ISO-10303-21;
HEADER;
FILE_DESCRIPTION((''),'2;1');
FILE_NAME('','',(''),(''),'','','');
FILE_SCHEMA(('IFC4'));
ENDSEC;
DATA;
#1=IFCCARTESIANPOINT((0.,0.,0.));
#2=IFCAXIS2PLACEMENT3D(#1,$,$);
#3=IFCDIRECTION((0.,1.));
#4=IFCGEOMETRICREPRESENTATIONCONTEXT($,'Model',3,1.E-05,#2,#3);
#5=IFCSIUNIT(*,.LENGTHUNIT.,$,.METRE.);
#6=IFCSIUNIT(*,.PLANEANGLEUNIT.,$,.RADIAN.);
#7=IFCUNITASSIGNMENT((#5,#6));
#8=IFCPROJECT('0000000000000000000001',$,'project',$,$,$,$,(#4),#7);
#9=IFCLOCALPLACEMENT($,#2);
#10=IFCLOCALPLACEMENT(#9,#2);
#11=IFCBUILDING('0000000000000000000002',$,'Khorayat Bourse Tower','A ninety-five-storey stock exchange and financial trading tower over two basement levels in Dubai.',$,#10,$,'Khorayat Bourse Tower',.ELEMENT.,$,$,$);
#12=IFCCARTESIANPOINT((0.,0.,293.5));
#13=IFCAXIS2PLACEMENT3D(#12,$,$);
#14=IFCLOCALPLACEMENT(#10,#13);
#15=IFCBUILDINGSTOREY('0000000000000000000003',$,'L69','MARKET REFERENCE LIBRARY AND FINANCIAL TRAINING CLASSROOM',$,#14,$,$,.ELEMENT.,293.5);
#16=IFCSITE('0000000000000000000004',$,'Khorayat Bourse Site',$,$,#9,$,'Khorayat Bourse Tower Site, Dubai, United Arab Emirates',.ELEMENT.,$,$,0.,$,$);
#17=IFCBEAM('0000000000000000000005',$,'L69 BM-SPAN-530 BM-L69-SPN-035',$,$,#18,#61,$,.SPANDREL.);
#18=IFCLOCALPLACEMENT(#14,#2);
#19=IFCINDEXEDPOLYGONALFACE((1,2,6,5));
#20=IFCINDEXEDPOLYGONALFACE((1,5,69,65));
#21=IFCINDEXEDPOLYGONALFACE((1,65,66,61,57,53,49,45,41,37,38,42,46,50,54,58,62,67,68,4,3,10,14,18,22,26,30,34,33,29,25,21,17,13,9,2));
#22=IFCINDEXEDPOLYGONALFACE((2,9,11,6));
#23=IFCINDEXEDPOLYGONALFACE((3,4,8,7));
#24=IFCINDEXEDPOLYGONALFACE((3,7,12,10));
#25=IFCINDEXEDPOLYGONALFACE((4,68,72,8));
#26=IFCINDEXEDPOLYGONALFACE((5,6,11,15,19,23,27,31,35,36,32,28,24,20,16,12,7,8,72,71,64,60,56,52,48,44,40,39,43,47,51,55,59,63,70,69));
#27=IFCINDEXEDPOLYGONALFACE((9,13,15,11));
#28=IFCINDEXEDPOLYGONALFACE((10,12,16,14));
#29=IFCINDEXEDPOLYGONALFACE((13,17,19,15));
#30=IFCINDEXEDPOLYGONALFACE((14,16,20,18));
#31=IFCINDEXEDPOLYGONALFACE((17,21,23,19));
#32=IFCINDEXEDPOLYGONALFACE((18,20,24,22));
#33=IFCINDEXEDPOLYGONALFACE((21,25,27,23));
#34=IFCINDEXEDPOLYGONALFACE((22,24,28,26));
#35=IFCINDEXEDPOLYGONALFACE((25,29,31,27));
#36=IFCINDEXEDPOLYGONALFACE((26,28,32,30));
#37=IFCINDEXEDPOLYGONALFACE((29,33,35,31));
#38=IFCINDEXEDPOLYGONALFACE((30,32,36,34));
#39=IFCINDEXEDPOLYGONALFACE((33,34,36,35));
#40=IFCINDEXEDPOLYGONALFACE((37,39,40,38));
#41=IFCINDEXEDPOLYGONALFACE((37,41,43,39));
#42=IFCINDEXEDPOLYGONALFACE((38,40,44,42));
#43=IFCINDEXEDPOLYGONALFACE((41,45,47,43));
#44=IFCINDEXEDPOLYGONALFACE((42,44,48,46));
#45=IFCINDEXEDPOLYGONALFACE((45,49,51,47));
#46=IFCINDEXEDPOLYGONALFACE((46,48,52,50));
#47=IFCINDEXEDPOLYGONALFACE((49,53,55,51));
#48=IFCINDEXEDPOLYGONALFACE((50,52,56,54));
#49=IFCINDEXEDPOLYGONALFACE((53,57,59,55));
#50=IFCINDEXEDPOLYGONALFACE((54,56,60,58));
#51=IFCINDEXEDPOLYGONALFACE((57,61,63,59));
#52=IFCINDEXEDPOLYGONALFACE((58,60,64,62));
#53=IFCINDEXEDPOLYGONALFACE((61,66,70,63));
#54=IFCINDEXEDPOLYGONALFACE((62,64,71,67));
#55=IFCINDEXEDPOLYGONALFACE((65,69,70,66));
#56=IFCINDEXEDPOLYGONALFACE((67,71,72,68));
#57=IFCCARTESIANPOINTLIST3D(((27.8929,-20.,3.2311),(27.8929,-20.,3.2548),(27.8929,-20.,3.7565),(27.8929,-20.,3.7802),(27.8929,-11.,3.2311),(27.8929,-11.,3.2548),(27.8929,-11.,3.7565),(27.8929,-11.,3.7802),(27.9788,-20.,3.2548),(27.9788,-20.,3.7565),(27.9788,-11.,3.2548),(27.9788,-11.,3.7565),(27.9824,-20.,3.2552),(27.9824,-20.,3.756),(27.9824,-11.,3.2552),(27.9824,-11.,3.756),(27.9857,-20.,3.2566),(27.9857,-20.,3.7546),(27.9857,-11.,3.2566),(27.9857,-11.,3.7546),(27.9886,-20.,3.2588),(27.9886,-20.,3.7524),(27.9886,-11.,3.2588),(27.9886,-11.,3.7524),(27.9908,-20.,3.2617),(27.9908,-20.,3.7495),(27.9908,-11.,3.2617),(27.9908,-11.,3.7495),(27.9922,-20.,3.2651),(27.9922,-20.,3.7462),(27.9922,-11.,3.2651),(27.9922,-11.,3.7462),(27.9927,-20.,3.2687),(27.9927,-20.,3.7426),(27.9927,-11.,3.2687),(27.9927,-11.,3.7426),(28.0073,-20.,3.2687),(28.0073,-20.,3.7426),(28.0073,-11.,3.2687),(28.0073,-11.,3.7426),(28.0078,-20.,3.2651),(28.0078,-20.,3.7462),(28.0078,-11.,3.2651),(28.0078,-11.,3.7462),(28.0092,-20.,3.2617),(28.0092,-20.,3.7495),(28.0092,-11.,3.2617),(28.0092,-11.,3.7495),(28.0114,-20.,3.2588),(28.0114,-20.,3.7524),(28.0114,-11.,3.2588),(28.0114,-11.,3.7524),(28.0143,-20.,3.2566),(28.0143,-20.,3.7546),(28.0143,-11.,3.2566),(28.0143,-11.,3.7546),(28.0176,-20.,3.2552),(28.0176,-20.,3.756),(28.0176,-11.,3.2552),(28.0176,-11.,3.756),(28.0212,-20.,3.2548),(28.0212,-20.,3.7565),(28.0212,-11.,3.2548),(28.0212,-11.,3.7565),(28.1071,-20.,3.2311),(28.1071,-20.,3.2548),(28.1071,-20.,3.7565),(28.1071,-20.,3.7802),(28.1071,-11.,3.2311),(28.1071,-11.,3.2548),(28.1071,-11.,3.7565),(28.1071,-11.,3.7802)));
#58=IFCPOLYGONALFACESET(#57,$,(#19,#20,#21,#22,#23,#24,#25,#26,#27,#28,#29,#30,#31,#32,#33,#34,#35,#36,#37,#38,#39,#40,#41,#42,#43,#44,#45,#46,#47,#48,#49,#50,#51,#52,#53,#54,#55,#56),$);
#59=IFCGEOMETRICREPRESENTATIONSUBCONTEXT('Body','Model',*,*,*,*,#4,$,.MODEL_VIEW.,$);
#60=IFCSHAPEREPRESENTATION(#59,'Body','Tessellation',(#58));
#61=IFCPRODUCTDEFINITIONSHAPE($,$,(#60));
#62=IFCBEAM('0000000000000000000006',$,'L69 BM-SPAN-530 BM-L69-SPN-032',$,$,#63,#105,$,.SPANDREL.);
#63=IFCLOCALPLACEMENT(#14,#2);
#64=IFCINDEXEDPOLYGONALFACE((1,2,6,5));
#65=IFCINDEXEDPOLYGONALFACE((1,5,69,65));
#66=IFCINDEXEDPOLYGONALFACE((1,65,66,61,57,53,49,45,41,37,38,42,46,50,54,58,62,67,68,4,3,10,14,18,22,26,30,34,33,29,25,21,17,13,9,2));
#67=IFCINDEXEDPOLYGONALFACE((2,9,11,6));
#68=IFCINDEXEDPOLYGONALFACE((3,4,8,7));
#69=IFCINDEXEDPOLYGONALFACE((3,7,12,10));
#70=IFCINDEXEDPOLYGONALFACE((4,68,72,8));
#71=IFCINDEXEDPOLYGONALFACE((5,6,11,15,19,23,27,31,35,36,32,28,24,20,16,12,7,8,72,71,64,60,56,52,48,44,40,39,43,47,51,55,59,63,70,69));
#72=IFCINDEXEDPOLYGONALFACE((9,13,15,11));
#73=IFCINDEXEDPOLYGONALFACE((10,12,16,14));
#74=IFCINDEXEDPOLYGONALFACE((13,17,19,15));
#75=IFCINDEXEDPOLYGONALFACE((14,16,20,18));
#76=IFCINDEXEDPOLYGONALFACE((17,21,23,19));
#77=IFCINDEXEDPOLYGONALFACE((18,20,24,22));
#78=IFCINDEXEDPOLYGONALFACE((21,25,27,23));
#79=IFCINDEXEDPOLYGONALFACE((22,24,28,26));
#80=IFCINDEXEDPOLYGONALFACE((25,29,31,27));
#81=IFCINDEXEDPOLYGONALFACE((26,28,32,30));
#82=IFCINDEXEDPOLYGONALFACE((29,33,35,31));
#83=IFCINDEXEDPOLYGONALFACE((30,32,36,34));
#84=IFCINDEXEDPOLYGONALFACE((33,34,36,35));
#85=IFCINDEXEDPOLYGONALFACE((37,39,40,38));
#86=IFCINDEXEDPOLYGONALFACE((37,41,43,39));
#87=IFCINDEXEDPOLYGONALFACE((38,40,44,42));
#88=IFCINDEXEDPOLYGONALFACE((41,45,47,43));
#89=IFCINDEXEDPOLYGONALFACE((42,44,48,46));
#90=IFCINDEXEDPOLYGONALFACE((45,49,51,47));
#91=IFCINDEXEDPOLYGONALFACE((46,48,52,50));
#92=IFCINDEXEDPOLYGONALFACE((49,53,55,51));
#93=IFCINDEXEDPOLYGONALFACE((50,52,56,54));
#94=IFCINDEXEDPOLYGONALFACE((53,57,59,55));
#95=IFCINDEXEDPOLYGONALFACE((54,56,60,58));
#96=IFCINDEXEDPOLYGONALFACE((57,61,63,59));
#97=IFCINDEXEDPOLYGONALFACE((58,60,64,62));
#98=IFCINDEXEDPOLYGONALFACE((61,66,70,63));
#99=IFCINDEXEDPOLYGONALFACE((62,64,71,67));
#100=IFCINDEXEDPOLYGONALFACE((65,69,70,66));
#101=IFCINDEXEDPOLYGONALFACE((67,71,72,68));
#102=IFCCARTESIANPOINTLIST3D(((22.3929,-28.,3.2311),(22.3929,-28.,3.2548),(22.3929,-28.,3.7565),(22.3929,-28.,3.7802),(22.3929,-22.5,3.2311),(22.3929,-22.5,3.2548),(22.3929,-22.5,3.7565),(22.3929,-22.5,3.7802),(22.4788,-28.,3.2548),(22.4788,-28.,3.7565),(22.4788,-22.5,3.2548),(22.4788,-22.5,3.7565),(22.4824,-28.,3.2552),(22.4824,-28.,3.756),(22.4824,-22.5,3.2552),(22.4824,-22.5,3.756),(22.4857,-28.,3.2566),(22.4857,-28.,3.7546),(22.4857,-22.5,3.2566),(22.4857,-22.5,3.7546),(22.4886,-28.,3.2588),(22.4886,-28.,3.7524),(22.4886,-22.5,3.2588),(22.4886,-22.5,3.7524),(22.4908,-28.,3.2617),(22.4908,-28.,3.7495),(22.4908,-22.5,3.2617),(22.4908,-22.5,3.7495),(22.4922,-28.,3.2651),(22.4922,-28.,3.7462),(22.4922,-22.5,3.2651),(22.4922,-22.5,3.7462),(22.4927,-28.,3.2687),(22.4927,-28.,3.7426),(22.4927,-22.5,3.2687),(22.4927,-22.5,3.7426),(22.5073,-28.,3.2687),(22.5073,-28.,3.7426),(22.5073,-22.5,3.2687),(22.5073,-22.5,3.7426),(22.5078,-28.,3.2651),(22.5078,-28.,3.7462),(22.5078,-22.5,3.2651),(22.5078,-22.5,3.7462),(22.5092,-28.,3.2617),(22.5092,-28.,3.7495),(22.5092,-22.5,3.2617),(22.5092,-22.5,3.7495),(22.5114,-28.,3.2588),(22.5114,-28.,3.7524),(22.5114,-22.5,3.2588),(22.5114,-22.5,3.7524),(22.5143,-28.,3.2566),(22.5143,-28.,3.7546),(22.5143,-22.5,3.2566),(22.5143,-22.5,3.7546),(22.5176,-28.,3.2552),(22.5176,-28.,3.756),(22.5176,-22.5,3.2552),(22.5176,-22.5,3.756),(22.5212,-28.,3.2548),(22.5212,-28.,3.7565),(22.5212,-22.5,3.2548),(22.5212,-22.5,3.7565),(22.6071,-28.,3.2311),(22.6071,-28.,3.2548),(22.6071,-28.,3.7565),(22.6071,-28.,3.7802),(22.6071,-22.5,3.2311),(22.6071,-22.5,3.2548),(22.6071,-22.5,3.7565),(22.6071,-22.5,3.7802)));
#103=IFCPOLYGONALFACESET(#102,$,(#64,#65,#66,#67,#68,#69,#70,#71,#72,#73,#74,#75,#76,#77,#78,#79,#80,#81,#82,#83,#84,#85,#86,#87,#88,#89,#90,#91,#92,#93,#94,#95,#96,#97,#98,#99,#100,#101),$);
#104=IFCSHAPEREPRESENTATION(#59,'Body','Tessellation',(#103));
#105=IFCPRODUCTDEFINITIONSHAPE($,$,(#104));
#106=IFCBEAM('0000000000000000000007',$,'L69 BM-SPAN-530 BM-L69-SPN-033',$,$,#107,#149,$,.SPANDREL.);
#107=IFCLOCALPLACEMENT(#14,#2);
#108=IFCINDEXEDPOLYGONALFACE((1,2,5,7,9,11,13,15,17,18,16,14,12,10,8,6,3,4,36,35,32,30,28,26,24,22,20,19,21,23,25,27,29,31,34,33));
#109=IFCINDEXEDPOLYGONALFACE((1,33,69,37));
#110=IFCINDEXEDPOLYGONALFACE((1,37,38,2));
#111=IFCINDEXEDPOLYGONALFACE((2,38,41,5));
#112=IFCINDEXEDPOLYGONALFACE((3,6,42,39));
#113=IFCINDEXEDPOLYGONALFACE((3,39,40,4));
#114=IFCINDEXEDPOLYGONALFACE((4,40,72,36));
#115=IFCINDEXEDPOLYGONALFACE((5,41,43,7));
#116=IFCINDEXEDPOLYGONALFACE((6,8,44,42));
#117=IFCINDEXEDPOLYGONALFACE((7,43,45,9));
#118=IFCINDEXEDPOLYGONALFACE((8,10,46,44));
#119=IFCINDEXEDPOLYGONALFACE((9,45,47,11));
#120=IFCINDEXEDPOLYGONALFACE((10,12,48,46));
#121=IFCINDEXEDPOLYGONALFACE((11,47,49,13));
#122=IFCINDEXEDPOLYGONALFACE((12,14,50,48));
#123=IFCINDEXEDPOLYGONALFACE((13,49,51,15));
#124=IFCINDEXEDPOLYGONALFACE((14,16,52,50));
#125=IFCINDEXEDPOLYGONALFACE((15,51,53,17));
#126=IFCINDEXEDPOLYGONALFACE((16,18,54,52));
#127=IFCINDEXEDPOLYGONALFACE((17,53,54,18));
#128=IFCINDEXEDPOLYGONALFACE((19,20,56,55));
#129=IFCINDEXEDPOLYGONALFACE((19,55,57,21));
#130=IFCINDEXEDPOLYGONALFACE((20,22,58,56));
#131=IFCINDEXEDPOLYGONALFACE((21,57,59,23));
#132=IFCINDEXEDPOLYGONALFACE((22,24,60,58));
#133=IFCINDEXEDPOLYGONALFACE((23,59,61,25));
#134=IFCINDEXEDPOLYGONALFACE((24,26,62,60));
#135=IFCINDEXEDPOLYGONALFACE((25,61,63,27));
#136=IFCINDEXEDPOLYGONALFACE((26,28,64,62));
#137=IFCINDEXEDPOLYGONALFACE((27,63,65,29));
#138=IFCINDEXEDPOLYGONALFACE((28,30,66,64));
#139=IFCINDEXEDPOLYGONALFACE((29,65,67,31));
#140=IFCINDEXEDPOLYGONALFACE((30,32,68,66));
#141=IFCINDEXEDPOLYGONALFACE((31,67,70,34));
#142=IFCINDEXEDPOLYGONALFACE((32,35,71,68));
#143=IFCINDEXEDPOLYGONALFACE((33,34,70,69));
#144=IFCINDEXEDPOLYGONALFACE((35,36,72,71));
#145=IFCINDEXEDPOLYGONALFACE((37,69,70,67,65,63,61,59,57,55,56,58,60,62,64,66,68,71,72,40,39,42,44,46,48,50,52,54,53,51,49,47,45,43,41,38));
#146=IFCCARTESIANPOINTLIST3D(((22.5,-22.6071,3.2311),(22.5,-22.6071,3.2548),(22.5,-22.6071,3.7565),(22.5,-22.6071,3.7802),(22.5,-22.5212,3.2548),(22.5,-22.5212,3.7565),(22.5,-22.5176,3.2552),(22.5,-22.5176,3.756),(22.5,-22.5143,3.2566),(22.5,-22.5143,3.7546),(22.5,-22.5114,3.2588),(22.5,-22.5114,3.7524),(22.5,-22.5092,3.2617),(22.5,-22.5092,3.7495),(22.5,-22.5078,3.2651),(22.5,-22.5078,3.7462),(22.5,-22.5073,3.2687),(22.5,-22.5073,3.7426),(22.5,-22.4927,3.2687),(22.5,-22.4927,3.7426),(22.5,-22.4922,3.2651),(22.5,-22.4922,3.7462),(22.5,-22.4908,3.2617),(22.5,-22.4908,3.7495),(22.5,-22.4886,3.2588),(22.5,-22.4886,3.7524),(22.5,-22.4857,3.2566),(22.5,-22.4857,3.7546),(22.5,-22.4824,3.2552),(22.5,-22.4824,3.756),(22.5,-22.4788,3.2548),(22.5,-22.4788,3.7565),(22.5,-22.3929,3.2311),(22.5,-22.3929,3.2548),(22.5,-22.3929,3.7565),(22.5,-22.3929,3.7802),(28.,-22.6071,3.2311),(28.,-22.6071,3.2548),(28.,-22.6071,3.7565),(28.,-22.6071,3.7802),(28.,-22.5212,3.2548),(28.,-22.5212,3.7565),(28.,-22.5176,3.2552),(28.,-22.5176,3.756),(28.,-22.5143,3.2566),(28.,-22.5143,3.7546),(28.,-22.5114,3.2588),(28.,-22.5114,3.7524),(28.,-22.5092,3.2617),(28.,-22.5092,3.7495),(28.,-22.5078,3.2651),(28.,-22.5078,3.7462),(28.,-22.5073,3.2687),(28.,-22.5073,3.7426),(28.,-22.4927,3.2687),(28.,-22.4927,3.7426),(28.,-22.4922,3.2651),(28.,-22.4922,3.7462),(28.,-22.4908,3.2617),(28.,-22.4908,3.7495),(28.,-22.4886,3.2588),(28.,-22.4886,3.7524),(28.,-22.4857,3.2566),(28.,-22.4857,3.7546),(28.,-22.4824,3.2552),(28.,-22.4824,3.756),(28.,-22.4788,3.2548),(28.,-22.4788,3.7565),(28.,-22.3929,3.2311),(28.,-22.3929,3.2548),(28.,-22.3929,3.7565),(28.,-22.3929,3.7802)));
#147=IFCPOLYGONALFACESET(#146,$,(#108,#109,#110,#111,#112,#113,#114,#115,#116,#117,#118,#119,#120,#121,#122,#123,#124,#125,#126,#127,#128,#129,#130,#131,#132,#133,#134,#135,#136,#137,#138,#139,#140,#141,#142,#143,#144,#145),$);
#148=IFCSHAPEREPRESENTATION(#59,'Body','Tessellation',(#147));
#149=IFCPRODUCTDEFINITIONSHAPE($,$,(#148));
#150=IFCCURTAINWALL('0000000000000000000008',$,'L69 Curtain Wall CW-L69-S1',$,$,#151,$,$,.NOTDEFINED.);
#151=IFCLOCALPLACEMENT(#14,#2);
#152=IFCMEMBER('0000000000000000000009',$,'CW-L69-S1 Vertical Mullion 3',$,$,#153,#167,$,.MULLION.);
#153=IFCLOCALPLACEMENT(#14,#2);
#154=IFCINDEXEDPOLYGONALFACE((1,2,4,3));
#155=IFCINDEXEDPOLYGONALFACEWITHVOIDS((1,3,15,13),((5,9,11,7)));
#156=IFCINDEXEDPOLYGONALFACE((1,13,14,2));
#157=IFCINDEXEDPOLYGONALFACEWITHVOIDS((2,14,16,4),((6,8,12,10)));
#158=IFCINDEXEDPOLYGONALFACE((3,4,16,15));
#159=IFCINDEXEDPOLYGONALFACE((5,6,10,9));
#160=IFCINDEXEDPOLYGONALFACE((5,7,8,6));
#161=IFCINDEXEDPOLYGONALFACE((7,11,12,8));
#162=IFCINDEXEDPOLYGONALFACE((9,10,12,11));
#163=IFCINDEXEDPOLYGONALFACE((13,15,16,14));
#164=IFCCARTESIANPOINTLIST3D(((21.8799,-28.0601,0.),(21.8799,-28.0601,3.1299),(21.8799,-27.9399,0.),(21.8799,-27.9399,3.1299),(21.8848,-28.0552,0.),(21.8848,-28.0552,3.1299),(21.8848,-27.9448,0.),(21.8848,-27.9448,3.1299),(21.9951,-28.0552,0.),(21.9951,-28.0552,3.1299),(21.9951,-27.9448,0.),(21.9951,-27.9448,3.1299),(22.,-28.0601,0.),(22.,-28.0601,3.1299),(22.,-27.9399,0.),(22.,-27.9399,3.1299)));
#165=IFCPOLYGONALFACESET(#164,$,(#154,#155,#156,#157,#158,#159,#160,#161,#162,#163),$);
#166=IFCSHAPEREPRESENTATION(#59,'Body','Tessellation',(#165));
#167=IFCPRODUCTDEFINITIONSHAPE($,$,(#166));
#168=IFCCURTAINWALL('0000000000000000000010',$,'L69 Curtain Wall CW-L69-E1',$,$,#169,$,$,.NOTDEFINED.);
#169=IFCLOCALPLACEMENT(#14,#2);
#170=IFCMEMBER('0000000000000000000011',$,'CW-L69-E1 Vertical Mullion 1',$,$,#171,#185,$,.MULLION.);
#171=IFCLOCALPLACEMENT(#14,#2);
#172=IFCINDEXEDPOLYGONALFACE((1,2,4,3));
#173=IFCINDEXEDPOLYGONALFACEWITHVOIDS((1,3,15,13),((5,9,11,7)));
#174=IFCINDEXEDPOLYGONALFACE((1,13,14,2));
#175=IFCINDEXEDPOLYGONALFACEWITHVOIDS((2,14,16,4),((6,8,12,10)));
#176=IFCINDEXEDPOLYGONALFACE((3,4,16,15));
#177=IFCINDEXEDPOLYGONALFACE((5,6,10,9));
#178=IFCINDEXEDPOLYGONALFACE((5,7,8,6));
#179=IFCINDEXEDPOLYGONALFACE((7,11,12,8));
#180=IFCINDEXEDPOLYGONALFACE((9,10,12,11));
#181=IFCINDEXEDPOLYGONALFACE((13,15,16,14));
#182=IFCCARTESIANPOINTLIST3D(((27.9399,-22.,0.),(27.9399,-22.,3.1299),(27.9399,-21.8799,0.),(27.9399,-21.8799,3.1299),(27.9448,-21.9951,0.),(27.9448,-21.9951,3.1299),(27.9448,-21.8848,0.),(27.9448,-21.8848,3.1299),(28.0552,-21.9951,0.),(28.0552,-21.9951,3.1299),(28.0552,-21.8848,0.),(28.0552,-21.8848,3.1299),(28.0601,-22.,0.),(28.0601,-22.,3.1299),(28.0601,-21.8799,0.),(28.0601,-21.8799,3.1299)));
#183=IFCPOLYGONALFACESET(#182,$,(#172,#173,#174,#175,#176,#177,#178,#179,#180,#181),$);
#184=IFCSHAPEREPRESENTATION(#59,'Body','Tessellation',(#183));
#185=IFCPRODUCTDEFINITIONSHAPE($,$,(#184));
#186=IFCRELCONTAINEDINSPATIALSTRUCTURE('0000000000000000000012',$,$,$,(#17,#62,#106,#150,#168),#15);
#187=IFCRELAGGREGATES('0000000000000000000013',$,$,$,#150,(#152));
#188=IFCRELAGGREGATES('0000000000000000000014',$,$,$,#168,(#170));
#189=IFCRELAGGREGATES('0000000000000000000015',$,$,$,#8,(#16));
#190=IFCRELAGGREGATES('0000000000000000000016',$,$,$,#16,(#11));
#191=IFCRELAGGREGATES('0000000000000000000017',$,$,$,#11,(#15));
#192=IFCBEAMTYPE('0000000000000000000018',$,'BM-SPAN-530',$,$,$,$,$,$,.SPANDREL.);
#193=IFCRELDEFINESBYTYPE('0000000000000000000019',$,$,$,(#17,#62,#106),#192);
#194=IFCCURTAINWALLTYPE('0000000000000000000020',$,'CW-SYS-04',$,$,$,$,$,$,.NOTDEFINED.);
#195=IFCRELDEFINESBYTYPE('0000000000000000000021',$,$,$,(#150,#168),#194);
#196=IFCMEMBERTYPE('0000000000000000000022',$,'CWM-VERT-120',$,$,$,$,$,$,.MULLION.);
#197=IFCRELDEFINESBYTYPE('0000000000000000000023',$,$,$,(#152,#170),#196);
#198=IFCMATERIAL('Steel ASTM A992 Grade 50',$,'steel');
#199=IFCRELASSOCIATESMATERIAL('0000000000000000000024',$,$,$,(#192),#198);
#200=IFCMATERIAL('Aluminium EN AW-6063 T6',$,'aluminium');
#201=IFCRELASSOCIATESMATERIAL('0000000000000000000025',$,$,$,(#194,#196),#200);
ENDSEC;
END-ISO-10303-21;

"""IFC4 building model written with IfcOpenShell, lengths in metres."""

from ifc_helpers import new_model, si_unit, direction, frame, origin, origin_2d, place, context, subcontext, project, spatial, hollow_rectangle, i_section, extrude, source, transform, mapped, material, material_profile, profile_set, type_object, element, aggregate, save


model = new_model("IFC4")

# Units and contexts
model_context = context("Model", 3, precision=1e-05, world=origin(), true_north=direction((0.0, 1.0)))
body_context = subcontext(model_context, "Body", "Model", "MODEL_VIEW")
ifc_project = project(units=[si_unit("LENGTHUNIT", "METRE"), si_unit("PLANEANGLEUNIT", "RADIAN")], contexts=[model_context])

# Site, building, storey
site_placement = place(None, origin())
site = spatial("IfcSite", under=ifc_project, at=site_placement, Name="Khorayat Bourse Site", LongName="Khorayat Bourse Tower Site, Dubai, United Arab Emirates", CompositionType="ELEMENT", RefElevation=0.0)
building_placement = place(site_placement, origin())
building = spatial("IfcBuilding", under=site, at=building_placement, Name="Khorayat Bourse Tower", Description="A ninety-five-storey stock exchange and financial trading tower over two basement levels in Dubai.", LongName="Khorayat Bourse Tower", CompositionType="ELEMENT")
storey_placement = place(building_placement, frame((0.0, 0.0, 293.5)))
storey = spatial("IfcBuildingStorey", under=building, at=storey_placement, Name="L69", Description="MARKET REFERENCE LIBRARY AND FINANCIAL TRAINING CLASSROOM", CompositionType="ELEMENT", Elevation=293.5)

# Beams
ifc_material_1 = material(Name="Steel ASTM A992 Grade 50", Category="steel")
ifc_material_profile_1 = material_profile(ifc_material_1, i_section(OverallWidth=0.2141, OverallDepth=0.5491, WebThickness=0.0146, FlangeThickness=0.0237, FilletRadius=0.0139, at=origin_2d()), Name="W530X138")
ifc_profile_set_1 = profile_set([ifc_material_profile_1], Name="Steel ASTM A992 Grade 50")
beam_type_1 = type_object("IfcBeamType", Name="BM-SPAN-530", PredefinedType="SPANDREL", material=ifc_profile_set_1)
shared_shape_1 = source(origin(), body_context, "Body", "SweptSolid", [
    extrude(i_section(OverallWidth=0.2141, OverallDepth=0.5491, WebThickness=0.0146, FlangeThickness=0.0237, FilletRadius=0.0139, at=origin_2d()), origin(), (0.0, 0.0, 1.0), 9.0),
])
beam_1_placement = place(storey_placement, frame((28.0, -20.0, 3.5056), z_axis=(0.0, 1.0, 0.0), x_axis=(-1.0, 0.0, 0.0)))
element("IfcBeam", 1, at=beam_1_placement, inside=storey, type_object=beam_type_1, Name="L69 BM-SPAN-530 BM-L69-SPN-035", PredefinedType="SPANDREL", context=body_context, shape_type="MappedRepresentation", body=[
    mapped(shared_shape_1, transform((0.0, 0.0, 0.0), scale=1.0)),
])
shared_shape_2 = source(origin(), body_context, "Body", "SweptSolid", [
    extrude(i_section(OverallWidth=0.2141, OverallDepth=0.5491, WebThickness=0.0146, FlangeThickness=0.0237, FilletRadius=0.0139, at=origin_2d()), origin(), (0.0, 0.0, 1.0), 5.5),
])
for number, where, z_axis, x_axis, name in (
    (2, (22.5, -28.0, 3.5056), (0.0, 1.0, 0.0), (-1.0, 0.0, 0.0), "L69 BM-SPAN-530 BM-L69-SPN-032"),
    (3, (22.5, -22.5, 3.5056), (1.0, 0.0, 0.0), (0.0, 1.0, 0.0), "L69 BM-SPAN-530 BM-L69-SPN-033"),
):
    element("IfcBeam", number, at=place(storey_placement, frame(where, z_axis=z_axis, x_axis=x_axis)), inside=storey, type_object=beam_type_1, Name=name, PredefinedType="SPANDREL", context=body_context, shape_type="MappedRepresentation", body=[
        mapped(shared_shape_2, transform((0.0, 0.0, 0.0), scale=1.0)),
    ])

# Curtain walls, members
ifc_material_2 = material(Name="Aluminium EN AW-6063 T6", Category="aluminium")
curtain_wall_type = type_object("IfcCurtainWallType", Name="CW-SYS-04", PredefinedType="NOTDEFINED", material=ifc_material_2)
curtain_wall_1_placement = place(storey_placement, origin())
curtain_wall_1 = element("IfcCurtainWall", 4, at=curtain_wall_1_placement, inside=storey, type_object=curtain_wall_type, Name="L69 Curtain Wall CW-L69-S1", PredefinedType="NOTDEFINED")
ifc_material_profile_2 = material_profile(ifc_material_2, hollow_rectangle(XDim=0.1201, YDim=0.1201, WallThickness=0.0049, at=origin_2d()), Name="ALU 120x120x5")
ifc_profile_set_2 = profile_set([ifc_material_profile_2], Name="Aluminium EN AW-6063 T6")
member_type_1 = type_object("IfcMemberType", Name="CWM-VERT-120", PredefinedType="MULLION", material=ifc_profile_set_2)
shared_shape_3 = source(origin(), body_context, "Body", "SweptSolid", [
    extrude(hollow_rectangle(XDim=0.1201, YDim=0.1201, WallThickness=0.0049, at=origin_2d()), origin(), (0.0, 0.0, 1.0), 3.1299),
])
member_1_placement = place(storey_placement, frame((21.9399, -28.0, 0.0), z_axis=(0.0, 0.0, 1.0), x_axis=(0.0, 1.0, 0.0)))
member_1 = element("IfcMember", 5, at=member_1_placement, type_object=member_type_1, Name="CW-L69-S1 Vertical Mullion 3", PredefinedType="MULLION", context=body_context, shape_type="MappedRepresentation", body=[
    mapped(shared_shape_3, transform((0.0, 0.0, 0.0), scale=1.0)),
])
curtain_wall_2_placement = place(storey_placement, origin())
curtain_wall_2 = element("IfcCurtainWall", 6, at=curtain_wall_2_placement, inside=storey, type_object=curtain_wall_type, Name="L69 Curtain Wall CW-L69-E1", PredefinedType="NOTDEFINED")
member_2_placement = place(storey_placement, frame((28.0, -21.9399, 0.0), z_axis=(0.0, 0.0, 1.0), x_axis=(-1.0, 0.0, 0.0)))
member_2 = element("IfcMember", 7, at=member_2_placement, type_object=member_type_1, Name="CW-L69-E1 Vertical Mullion 1", PredefinedType="MULLION", context=body_context, shape_type="MappedRepresentation", body=[
    mapped(shared_shape_3, transform((0.0, 0.0, 0.0), scale=1.0)),
])

aggregate(curtain_wall_1, [member_1])
aggregate(curtain_wall_2, [member_2])

save(model, "model.ifc")
